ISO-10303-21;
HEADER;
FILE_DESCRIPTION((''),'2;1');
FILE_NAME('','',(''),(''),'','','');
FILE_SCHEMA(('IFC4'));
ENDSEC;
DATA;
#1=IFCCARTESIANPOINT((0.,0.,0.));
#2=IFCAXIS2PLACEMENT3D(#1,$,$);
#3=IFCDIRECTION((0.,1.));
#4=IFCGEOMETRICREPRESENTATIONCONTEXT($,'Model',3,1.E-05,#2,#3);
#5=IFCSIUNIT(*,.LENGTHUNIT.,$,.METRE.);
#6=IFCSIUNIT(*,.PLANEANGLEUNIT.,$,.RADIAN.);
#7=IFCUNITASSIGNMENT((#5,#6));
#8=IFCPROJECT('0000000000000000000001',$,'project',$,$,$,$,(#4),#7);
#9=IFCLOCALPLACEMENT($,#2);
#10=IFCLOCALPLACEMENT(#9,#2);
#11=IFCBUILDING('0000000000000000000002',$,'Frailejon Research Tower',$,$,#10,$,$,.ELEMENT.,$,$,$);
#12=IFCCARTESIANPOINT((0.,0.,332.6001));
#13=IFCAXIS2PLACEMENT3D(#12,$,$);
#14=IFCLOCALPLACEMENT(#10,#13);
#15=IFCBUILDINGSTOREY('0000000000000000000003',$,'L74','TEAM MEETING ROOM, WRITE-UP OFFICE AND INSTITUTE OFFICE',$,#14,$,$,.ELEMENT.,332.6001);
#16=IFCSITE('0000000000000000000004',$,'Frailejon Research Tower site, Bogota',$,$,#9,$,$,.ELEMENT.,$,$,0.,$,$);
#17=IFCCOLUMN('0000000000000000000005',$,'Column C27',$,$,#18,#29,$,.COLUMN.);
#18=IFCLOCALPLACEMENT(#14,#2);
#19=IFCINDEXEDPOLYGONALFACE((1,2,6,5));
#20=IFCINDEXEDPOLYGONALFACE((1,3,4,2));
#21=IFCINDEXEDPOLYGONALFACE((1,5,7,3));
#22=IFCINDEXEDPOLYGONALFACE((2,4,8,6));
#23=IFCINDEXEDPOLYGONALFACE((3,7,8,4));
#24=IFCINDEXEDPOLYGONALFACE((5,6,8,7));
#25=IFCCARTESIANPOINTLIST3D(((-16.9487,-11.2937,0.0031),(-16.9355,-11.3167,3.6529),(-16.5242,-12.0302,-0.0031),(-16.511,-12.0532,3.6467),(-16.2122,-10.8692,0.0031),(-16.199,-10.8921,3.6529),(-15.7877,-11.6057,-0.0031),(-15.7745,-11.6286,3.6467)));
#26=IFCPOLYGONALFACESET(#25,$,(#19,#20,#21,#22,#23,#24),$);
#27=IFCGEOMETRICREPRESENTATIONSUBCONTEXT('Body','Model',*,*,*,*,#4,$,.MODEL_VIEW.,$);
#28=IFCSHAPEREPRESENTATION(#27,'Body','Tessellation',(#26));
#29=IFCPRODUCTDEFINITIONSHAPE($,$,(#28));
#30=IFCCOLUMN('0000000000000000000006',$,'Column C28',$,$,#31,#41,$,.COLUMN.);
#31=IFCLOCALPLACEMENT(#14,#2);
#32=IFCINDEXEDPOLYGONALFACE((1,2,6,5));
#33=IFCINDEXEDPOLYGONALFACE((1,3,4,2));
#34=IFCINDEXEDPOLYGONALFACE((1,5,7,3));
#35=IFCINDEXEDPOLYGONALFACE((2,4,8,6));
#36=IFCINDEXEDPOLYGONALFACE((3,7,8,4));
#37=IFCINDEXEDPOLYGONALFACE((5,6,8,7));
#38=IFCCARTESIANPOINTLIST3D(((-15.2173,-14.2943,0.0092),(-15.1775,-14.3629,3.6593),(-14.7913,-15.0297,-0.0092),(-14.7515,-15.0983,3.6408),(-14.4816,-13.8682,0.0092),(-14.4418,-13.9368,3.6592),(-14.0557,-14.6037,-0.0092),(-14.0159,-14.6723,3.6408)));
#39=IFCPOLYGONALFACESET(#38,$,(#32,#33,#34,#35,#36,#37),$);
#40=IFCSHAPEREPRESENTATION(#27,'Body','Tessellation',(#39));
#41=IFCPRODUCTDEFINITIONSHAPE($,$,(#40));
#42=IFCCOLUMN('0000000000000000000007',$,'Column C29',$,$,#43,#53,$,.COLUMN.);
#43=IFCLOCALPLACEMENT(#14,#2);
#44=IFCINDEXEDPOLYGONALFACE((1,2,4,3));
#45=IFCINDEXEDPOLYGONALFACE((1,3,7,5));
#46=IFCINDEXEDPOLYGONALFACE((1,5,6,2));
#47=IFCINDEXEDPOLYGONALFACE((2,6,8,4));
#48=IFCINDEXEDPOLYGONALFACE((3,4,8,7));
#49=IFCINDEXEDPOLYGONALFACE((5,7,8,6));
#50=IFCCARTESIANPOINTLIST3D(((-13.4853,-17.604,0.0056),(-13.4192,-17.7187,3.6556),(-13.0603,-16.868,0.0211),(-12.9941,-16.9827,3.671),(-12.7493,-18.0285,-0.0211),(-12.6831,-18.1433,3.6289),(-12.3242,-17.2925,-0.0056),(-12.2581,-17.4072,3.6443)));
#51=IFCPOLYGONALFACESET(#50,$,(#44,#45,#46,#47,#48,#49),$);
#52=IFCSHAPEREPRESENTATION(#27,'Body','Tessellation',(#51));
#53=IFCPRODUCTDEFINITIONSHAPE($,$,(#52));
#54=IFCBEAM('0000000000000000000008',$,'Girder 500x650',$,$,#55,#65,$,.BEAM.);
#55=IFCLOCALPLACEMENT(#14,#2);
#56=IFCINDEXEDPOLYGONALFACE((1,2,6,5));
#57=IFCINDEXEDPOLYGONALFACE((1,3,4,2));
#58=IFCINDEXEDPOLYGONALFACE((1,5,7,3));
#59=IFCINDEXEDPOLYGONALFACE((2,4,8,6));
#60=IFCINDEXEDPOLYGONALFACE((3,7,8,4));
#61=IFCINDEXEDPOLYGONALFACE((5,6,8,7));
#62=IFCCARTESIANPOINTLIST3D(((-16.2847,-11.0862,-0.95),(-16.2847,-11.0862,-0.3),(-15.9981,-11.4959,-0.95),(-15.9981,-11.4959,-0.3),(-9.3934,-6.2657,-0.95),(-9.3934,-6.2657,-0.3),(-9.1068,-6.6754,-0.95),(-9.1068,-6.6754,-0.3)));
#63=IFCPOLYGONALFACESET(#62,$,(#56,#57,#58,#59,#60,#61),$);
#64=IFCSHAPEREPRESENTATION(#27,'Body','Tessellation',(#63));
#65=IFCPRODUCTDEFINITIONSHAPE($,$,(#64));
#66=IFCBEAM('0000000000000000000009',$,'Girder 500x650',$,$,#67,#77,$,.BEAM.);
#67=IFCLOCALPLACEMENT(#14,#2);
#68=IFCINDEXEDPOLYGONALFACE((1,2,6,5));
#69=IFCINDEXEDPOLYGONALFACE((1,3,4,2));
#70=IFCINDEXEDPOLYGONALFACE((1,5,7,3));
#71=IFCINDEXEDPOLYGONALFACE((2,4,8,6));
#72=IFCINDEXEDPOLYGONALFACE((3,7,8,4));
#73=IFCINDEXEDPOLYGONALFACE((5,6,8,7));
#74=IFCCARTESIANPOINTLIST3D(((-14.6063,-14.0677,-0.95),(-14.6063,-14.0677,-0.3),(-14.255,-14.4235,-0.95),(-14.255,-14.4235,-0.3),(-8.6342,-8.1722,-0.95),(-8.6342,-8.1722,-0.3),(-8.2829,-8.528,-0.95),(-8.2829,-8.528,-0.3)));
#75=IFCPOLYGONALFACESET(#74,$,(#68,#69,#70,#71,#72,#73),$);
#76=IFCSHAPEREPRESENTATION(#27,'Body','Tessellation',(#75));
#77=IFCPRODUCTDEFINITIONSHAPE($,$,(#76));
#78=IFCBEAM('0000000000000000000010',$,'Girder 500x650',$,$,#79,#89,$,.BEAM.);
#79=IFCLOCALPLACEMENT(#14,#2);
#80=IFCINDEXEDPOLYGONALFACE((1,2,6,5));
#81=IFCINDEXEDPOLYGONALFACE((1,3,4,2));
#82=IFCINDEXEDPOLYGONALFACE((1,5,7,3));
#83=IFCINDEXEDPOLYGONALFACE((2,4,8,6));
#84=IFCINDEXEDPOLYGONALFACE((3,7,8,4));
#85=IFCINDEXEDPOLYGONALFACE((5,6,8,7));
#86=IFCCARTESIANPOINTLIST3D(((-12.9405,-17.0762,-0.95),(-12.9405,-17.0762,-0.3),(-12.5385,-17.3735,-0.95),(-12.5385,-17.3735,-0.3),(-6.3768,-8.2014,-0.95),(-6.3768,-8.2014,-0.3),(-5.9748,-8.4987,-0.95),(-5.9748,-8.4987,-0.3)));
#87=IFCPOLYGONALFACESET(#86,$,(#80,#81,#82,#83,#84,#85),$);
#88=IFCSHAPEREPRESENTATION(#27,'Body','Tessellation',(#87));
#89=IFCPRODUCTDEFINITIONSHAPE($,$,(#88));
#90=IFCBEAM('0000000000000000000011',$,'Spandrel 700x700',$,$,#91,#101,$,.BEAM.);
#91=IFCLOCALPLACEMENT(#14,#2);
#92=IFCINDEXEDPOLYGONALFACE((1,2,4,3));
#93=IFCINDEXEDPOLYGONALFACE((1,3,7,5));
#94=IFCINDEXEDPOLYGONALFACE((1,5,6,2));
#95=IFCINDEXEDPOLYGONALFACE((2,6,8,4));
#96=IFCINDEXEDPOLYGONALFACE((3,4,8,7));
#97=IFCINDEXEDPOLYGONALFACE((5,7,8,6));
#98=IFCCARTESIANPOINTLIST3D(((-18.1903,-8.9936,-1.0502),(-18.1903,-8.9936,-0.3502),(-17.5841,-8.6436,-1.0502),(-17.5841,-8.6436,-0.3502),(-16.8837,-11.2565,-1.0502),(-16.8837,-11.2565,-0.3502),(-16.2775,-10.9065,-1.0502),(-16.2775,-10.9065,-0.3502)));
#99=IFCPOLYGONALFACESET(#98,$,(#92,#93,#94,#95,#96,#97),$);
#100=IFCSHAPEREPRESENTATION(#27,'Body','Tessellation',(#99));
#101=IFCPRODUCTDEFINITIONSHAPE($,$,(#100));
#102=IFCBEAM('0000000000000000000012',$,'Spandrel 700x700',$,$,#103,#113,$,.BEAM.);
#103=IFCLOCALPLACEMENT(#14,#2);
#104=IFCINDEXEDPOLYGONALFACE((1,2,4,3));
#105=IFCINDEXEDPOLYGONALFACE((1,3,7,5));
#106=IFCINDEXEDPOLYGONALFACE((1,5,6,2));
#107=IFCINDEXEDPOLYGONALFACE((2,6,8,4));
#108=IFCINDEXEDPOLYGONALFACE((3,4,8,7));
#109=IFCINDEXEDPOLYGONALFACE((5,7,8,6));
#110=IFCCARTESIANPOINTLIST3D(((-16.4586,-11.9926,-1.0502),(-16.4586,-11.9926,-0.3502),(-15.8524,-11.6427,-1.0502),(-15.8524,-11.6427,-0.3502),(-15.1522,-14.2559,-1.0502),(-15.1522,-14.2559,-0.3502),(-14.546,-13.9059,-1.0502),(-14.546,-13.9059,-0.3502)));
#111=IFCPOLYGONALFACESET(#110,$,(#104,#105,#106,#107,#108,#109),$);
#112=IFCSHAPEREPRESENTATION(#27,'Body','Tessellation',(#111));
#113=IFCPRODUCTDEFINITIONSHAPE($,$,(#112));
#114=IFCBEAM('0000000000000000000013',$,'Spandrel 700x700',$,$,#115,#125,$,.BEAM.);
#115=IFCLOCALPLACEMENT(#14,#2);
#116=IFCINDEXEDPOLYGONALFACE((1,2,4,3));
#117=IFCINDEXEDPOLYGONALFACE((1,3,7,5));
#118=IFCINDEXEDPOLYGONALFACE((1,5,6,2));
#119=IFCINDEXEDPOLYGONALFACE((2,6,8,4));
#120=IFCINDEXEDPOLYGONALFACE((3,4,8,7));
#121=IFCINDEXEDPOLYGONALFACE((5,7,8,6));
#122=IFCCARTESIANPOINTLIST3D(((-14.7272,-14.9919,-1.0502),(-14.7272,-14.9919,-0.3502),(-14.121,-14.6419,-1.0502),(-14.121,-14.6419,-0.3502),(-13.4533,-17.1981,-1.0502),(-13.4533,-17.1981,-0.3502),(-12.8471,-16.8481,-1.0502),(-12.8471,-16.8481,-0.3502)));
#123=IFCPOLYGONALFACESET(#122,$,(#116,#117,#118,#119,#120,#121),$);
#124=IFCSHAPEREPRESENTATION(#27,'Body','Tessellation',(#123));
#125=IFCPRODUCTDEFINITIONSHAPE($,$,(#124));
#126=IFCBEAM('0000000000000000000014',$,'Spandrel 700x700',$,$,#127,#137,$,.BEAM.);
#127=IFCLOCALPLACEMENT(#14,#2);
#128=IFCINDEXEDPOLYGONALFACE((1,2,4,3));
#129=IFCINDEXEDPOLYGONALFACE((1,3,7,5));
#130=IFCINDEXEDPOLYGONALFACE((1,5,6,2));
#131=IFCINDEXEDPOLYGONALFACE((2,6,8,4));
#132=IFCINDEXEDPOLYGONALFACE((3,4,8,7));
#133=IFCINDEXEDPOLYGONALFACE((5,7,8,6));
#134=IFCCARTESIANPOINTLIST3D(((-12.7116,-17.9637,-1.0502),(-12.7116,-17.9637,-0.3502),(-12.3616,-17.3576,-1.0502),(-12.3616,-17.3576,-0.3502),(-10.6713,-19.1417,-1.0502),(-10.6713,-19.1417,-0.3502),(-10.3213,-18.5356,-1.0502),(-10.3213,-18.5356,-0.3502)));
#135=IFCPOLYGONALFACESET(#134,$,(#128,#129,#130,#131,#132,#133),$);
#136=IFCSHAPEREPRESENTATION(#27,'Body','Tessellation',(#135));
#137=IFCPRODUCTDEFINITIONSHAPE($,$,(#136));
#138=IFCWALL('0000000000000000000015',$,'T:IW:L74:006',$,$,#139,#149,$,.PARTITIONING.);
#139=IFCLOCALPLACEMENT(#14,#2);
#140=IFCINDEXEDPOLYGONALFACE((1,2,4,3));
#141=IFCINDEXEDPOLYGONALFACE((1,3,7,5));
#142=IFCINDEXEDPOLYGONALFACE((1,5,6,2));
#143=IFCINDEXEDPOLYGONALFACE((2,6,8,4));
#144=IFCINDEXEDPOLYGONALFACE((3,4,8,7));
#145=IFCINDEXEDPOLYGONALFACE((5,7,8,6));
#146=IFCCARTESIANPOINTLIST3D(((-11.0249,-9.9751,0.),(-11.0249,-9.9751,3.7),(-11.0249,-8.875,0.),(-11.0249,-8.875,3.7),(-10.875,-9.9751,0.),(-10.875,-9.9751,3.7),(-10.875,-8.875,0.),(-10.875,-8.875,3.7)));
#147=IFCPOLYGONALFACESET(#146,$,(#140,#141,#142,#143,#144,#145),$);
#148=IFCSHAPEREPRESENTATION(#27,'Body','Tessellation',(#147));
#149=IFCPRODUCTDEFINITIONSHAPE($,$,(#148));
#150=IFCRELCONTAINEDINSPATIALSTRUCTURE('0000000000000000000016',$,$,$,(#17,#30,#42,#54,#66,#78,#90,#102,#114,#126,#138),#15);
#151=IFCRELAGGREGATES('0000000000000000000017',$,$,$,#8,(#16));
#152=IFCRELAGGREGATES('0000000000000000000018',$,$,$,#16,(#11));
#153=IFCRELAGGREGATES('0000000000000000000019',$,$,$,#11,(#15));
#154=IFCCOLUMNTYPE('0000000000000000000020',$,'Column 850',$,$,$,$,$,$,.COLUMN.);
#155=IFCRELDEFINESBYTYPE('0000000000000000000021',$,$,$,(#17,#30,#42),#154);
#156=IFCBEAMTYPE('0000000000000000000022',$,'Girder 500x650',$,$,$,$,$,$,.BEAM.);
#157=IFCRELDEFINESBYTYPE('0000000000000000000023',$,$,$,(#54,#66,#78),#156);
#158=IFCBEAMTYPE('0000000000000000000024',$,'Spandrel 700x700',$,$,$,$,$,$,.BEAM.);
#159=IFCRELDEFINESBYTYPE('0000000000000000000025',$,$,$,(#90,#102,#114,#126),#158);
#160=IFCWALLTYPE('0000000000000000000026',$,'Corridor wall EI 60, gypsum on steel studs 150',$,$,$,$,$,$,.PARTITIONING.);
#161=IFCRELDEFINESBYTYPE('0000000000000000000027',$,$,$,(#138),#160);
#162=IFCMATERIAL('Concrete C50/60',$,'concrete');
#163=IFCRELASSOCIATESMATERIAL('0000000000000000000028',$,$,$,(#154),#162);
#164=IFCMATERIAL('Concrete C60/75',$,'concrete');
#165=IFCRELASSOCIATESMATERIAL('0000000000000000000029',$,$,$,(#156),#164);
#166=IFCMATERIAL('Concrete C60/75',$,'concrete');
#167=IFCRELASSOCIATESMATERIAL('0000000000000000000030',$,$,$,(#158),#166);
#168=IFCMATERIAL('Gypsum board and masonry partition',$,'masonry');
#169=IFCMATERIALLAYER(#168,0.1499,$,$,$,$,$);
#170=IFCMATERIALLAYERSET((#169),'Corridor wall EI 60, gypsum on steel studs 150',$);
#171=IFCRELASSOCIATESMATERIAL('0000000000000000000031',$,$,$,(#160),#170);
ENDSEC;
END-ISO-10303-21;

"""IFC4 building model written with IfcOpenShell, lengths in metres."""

from ifc_helpers import new_model, si_unit, direction, frame, frame_2d, origin, origin_2d, place, context, subcontext, project, spatial, rectangle, extrude, material, layer, layer_set, material_profile, profile_set, type_object, element, save


model = new_model("IFC4")

# Units and contexts
model_context = context("Model", 3, precision=1e-05, world=origin(), true_north=direction((0.0, 1.0)))
body_context = subcontext(model_context, "Body", "Model", "MODEL_VIEW")
ifc_project = project(units=[si_unit("LENGTHUNIT", "METRE"), si_unit("PLANEANGLEUNIT", "RADIAN")], contexts=[model_context])

# Site, building, storey
site_placement = place(None, origin())
site = spatial("IfcSite", under=ifc_project, at=site_placement, Name="Frailejon Research Tower site, Bogota", CompositionType="ELEMENT", RefElevation=0.0)
building_placement = place(site_placement, origin())
building = spatial("IfcBuilding", under=site, at=building_placement, Name="Frailejon Research Tower", CompositionType="ELEMENT")
storey_placement = place(building_placement, frame((0.0, 0.0, 332.6001)))
storey = spatial("IfcBuildingStorey", under=building, at=storey_placement, Name="L74", Description="TEAM MEETING ROOM, WRITE-UP OFFICE AND INSTITUTE OFFICE", CompositionType="ELEMENT", Elevation=332.6001)

# Columns
ifc_material_1 = material(Name="Concrete C50/60", Category="concrete")
ifc_material_profile_1 = material_profile(ifc_material_1, rectangle(XDim=0.8501, YDim=0.8501, at=origin_2d()), Name="Column 850")
ifc_profile_set_1 = profile_set([ifc_material_profile_1], Name="Concrete C50/60")
column_type = type_object("IfcColumnType", Name="Column 850", PredefinedType="COLUMN", material=ifc_profile_set_1)
column_1_placement = place(storey_placement, frame((-16.3682, -11.4497, 0.0), z_axis=(0.003612, -0.006287, 0.999974), x_axis=(0.499382, -0.866352, -0.007251)))
element("IfcColumn", 1, at=column_1_placement, inside=storey, type_object=column_type, Name="Column C27", PredefinedType="COLUMN", context=body_context, shape_type="SweptSolid", body=[
    extrude(rectangle(XDim=0.8501, YDim=0.8501, at=origin_2d()), origin(), (0.0, 0.0, 1.0), 3.6499),
])
column_2_placement = place(storey_placement, frame((-14.6365, -14.449, 0.0), z_axis=(0.0109, -0.018792, 0.999764), x_axis=(0.501063, -0.865138, -0.021724)))
element("IfcColumn", 2, at=column_2_placement, inside=storey, type_object=column_type, Name="Column C28", PredefinedType="COLUMN", context=body_context, shape_type="SweptSolid", body=[
    extrude(rectangle(XDim=0.8501, YDim=0.8501, at=origin_2d()), origin(), (0.0, 0.0, 1.0), 3.6509),
])
column_3_placement = place(storey_placement, frame((-12.9048, -17.4482, 0.0), z_axis=(0.018115, -0.031417, 0.999342), x_axis=(0.865818, -0.499373, -0.031394)))
element("IfcColumn", 3, at=column_3_placement, inside=storey, type_object=column_type, Name="Column C29", PredefinedType="COLUMN", context=body_context, shape_type="SweptSolid", body=[
    extrude(rectangle(XDim=0.8501, YDim=0.8501, at=origin_2d()), origin(), (0.0, 0.0, 1.0), 3.6523),
])

# Beams
ifc_material_2 = material(Name="Concrete C60/75", Category="concrete")
ifc_material_profile_2 = material_profile(ifc_material_2, rectangle(XDim=0.5, YDim=0.6499, at=origin_2d()), Name="Girder 500x650")
ifc_profile_set_2 = profile_set([ifc_material_profile_2], Name="Concrete C60/75")
beam_type_1 = type_object("IfcBeamType", Name="Girder 500x650", PredefinedType="BEAM", material=ifc_profile_set_2)
beam_1_placement = place(storey_placement, frame((-16.1414, -11.291, -0.625), z_axis=(0.819421, 0.573191, 0.0), x_axis=(-0.573191, 0.819421, 0.0)))
element("IfcBeam", 4, at=beam_1_placement, inside=storey, type_object=beam_type_1, Name="Girder 500x650", PredefinedType="BEAM", context=body_context, shape_type="SweptSolid", body=[
    extrude(rectangle(XDim=0.5, YDim=0.6499, at=origin_2d()), origin(), (0.0, 0.0, 1.0), 8.4099),
])
beam_2_placement = place(storey_placement, frame((-14.4307, -14.2456, -0.625), z_axis=(0.71166, 0.702525, 0.0), x_axis=(-0.702525, 0.71166, 0.0)))
element("IfcBeam", 5, at=beam_2_placement, inside=storey, type_object=beam_type_1, Name="Girder 500x650", PredefinedType="BEAM", context=body_context, shape_type="SweptSolid", body=[
    extrude(rectangle(XDim=0.5, YDim=0.6499, at=origin_2d()), origin(), (0.0, 0.0, 1.0), 8.3918),
])
beam_3_placement = place(storey_placement, frame((-12.7395, -17.2249, -0.625), z_axis=(0.594632, 0.803998, 0.0), x_axis=(-0.803998, 0.594632, 0.0)))
element("IfcBeam", 6, at=beam_3_placement, inside=storey, type_object=beam_type_1, Name="Girder 500x650", PredefinedType="BEAM", context=body_context, shape_type="SweptSolid", body=[
    extrude(rectangle(XDim=0.5, YDim=0.6499, at=origin_2d()), origin(), (0.0, 0.0, 1.0), 11.0383),
])
ifc_material_3 = material(Name="Concrete C60/75", Category="concrete")
ifc_material_profile_3 = material_profile(ifc_material_3, rectangle(XDim=0.7, YDim=0.7, at=origin_2d()), Name="Spandrel 700x700")
ifc_profile_set_3 = profile_set([ifc_material_profile_3], Name="Concrete C60/75")
beam_type_2 = type_object("IfcBeamType", Name="Spandrel 700x700", PredefinedType="BEAM", material=ifc_profile_set_3)
beam_4_placement = place(storey_placement, frame((-17.8872, -8.8186, -0.7002), z_axis=(0.500038, -0.866004, 0.0), x_axis=(0.866004, 0.500038, 0.0)))
element("IfcBeam", 7, at=beam_4_placement, inside=storey, type_object=beam_type_2, Name="Spandrel 700x700", PredefinedType="BEAM", context=body_context, shape_type="SweptSolid", body=[
    extrude(rectangle(XDim=0.7, YDim=0.7, at=origin_2d()), origin(), (0.0, 0.0, 1.0), 2.613),
])
beam_5_placement = place(storey_placement, frame((-16.1555, -11.8176, -0.7002), z_axis=(0.499927, -0.866067, 0.0), x_axis=(0.866067, 0.499927, 0.0)))
element("IfcBeam", 8, at=beam_5_placement, inside=storey, type_object=beam_type_2, Name="Spandrel 700x700", PredefinedType="BEAM", context=body_context, shape_type="SweptSolid", body=[
    extrude(rectangle(XDim=0.7, YDim=0.7, at=origin_2d()), origin(), (0.0, 0.0, 1.0), 2.6133),
])
beam_6_placement = place(storey_placement, frame((-14.4241, -14.8169, -0.7002), z_axis=(0.500035, -0.866005, 0.0), x_axis=(0.866005, 0.500035, 0.0)))
element("IfcBeam", 9, at=beam_6_placement, inside=storey, type_object=beam_type_2, Name="Spandrel 700x700", PredefinedType="BEAM", context=body_context, shape_type="SweptSolid", body=[
    extrude(rectangle(XDim=0.7, YDim=0.7, at=origin_2d()), origin(), (0.0, 0.0, 1.0), 2.5476),
])
beam_7_placement = place(storey_placement, frame((-12.5366, -17.6606, -0.7002), z_axis=(0.866022, -0.500007, 0.0), x_axis=(0.500007, 0.866022, 0.0)))
element("IfcBeam", 10, at=beam_7_placement, inside=storey, type_object=beam_type_2, Name="Spandrel 700x700", PredefinedType="BEAM", context=body_context, shape_type="SweptSolid", body=[
    extrude(rectangle(XDim=0.7, YDim=0.7, at=origin_2d()), origin(), (0.0, 0.0, 1.0), 2.356),
])

# Wall
ifc_material_4 = material(Name="Gypsum board and masonry partition", Category="masonry")
ifc_layer_1 = layer(ifc_material_4, 0.1499)
ifc_layer_set_1 = layer_set([ifc_layer_1], Name="Corridor wall EI 60, gypsum on steel studs 150")
wall_type = type_object("IfcWallType", Name="Corridor wall EI 60, gypsum on steel studs 150", PredefinedType="PARTITIONING", material=ifc_layer_set_1)
wall_1_placement = place(storey_placement, frame((-10.95, -9.9751, 0.0), z_axis=(0.0, 0.0, 1.0), x_axis=(0.0, 1.0, 0.0)))
element("IfcWall", 11, at=wall_1_placement, inside=storey, type_object=wall_type, Name="T:IW:L74:006", PredefinedType="PARTITIONING", context=body_context, shape_type="SweptSolid", body=[
    extrude(rectangle(XDim=1.1001, YDim=0.1499, at=frame_2d((0.55, 0.0))), origin(), (0.0, 0.0, 1.0), 3.7),
])

save(model, "model.ifc")
